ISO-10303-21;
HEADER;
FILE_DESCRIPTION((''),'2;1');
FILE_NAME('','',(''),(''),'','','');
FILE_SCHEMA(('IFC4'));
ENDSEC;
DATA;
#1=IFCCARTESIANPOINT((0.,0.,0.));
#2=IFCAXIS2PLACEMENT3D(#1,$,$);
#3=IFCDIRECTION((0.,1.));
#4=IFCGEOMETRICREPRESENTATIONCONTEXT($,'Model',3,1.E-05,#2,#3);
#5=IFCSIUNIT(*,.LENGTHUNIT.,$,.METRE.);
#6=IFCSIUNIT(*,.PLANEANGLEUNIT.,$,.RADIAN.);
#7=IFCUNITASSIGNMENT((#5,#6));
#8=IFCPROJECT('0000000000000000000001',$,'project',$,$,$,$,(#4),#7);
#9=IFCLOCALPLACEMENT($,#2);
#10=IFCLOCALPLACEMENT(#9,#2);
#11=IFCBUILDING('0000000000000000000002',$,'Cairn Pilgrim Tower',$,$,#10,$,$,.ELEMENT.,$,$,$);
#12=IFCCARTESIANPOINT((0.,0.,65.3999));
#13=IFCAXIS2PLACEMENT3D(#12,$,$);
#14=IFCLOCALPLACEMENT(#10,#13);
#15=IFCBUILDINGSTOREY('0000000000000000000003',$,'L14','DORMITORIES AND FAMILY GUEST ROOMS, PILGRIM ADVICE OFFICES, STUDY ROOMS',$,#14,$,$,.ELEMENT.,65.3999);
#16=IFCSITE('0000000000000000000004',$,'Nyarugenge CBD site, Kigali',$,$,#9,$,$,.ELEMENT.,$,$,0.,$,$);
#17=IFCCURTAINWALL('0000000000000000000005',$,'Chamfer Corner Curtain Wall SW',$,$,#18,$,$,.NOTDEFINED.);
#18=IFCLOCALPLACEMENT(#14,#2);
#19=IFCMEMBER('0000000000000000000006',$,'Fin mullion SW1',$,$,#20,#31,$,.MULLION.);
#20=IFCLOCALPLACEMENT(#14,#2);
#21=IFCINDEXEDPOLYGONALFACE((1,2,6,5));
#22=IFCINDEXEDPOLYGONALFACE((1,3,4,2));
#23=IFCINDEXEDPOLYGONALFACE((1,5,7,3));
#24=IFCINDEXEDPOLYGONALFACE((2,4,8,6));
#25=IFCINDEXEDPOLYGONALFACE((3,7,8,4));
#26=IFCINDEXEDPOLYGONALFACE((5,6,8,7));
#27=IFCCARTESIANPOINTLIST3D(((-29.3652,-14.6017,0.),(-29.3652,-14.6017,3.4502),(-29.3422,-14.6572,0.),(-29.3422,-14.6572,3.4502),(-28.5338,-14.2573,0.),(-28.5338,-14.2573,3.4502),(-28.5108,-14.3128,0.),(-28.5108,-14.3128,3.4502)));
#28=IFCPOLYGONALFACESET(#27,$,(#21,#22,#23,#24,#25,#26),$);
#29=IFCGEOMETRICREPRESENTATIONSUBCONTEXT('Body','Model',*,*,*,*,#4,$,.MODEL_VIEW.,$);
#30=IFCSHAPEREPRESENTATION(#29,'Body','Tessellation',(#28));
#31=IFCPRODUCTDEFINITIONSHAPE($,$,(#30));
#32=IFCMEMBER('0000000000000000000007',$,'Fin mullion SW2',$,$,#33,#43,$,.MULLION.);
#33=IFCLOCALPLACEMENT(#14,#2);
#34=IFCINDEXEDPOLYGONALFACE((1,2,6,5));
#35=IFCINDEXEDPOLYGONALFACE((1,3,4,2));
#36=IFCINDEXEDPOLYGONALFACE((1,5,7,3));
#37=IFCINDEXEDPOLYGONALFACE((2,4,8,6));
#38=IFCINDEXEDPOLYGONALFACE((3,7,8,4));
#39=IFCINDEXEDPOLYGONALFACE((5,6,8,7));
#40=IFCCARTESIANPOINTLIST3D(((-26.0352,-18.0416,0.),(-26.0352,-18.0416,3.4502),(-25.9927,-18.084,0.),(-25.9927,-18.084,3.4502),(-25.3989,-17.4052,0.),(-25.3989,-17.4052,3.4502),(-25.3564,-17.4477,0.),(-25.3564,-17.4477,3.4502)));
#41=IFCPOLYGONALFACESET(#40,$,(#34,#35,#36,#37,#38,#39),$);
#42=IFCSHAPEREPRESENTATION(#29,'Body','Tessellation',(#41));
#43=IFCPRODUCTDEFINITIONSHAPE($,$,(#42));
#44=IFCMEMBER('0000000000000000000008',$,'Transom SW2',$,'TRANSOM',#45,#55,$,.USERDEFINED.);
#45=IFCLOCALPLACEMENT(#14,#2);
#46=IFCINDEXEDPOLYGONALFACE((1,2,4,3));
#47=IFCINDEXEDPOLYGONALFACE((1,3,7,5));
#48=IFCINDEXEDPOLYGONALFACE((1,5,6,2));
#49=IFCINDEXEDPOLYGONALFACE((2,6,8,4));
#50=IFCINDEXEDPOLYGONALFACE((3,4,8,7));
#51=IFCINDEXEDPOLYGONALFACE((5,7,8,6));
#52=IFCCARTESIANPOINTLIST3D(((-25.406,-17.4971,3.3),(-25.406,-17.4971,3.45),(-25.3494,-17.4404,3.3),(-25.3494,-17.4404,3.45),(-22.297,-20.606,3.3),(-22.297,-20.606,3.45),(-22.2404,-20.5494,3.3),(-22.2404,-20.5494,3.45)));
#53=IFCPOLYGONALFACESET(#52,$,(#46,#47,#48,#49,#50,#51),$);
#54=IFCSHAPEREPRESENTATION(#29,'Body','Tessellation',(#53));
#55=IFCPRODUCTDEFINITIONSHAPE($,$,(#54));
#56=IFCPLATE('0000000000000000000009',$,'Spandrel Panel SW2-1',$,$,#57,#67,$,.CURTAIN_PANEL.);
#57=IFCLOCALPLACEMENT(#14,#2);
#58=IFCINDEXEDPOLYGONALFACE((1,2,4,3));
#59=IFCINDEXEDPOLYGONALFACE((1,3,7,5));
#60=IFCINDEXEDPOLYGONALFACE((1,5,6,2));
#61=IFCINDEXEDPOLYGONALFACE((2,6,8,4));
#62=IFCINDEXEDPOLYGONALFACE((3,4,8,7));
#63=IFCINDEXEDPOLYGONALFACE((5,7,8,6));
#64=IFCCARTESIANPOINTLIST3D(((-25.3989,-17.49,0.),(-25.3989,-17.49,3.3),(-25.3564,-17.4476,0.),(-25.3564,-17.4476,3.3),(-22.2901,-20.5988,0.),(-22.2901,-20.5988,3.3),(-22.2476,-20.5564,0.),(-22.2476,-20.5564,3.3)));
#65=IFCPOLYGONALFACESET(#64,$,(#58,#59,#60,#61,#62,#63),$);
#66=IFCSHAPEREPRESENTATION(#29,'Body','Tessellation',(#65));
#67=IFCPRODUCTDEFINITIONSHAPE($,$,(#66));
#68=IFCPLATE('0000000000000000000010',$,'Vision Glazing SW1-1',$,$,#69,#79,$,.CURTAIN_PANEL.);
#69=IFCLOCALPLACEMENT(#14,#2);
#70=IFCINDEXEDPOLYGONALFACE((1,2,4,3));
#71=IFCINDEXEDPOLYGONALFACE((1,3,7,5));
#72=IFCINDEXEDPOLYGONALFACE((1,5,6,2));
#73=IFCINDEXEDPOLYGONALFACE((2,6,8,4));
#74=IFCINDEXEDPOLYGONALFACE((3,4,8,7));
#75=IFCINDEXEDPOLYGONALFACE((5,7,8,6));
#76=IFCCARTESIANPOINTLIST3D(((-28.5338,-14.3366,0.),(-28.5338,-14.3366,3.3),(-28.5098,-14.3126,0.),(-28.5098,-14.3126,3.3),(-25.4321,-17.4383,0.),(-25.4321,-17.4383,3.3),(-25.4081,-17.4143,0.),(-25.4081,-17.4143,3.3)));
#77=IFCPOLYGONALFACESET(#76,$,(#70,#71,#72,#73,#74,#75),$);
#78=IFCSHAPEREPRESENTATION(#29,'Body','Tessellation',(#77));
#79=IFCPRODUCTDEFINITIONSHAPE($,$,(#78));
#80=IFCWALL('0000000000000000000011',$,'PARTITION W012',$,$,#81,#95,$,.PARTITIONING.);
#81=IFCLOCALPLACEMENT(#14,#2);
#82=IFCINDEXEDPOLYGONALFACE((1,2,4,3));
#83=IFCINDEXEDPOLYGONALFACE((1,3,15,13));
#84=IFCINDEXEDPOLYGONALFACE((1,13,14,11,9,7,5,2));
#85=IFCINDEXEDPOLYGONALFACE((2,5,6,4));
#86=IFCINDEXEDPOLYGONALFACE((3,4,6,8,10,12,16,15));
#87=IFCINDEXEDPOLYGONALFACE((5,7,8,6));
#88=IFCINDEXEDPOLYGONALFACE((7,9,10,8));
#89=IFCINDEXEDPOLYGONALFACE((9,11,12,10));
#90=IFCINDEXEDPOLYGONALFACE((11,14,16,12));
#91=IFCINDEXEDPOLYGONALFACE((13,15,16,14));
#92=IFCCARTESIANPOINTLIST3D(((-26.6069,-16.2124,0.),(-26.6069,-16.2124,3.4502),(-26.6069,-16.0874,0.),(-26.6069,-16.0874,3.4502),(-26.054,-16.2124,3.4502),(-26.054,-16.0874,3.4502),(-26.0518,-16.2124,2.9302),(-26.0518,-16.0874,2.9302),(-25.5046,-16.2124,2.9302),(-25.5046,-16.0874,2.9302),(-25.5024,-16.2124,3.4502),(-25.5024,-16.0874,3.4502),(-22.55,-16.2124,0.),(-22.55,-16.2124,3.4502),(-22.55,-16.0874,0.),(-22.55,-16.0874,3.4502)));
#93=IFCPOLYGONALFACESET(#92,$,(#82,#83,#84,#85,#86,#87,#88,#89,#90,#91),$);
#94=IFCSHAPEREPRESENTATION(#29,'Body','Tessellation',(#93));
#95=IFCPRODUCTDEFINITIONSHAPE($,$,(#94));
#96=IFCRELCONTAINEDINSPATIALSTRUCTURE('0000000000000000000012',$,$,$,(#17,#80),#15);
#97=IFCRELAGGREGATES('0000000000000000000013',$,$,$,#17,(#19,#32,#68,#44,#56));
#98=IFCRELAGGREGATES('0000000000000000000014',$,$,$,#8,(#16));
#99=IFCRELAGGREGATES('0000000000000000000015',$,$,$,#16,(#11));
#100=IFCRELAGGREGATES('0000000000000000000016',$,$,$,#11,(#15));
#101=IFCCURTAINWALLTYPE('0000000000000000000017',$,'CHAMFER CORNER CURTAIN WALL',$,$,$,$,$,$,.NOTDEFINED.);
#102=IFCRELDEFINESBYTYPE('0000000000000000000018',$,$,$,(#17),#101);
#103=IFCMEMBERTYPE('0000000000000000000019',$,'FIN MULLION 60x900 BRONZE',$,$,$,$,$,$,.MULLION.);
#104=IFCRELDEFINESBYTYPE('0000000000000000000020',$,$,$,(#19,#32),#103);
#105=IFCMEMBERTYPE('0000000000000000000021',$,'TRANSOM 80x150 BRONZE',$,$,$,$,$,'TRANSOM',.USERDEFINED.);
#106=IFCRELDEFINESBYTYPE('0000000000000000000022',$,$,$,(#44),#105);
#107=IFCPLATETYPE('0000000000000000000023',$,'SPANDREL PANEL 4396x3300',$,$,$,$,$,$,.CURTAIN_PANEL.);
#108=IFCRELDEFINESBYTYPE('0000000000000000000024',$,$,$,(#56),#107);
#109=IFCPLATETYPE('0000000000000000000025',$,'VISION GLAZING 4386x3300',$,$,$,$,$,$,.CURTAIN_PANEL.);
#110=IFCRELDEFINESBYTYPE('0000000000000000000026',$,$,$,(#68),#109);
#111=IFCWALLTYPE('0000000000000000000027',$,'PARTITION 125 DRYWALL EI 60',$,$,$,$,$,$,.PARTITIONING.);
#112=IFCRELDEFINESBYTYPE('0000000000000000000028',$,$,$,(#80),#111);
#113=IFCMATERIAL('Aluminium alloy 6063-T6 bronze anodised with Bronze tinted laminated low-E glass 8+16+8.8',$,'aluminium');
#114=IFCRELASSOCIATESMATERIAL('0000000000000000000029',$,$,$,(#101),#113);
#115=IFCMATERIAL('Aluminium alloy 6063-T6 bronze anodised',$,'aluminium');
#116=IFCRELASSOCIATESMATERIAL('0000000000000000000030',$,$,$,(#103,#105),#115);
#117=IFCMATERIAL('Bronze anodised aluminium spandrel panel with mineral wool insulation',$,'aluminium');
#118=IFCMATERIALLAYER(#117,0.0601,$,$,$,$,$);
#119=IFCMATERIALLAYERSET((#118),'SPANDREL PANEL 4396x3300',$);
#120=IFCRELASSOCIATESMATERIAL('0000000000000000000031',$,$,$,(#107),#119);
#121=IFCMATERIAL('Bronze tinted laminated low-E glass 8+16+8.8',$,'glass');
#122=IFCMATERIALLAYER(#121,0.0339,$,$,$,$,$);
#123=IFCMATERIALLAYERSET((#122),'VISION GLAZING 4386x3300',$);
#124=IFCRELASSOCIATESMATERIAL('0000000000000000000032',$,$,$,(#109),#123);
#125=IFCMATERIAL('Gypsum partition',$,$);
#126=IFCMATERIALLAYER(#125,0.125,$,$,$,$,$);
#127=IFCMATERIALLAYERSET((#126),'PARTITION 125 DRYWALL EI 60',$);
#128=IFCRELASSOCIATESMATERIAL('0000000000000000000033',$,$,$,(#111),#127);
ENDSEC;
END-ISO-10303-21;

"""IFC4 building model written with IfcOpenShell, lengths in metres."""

from ifc_helpers import new_model, si_unit, direction, frame, origin, origin_2d, place, context, subcontext, project, spatial, polyline, rectangle, outline, extrude, material, layer, layer_set, material_profile, profile_set, type_object, element, aggregate, save


model = new_model("IFC4")

# Units and contexts
model_context = context("Model", 3, precision=1e-05, world=origin(), true_north=direction((0.0, 1.0)))
body_context = subcontext(model_context, "Body", "Model", "MODEL_VIEW")
ifc_project = project(units=[si_unit("LENGTHUNIT", "METRE"), si_unit("PLANEANGLEUNIT", "RADIAN")], contexts=[model_context])

# Site, building, storey
site_placement = place(None, origin())
site = spatial("IfcSite", under=ifc_project, at=site_placement, Name="Nyarugenge CBD site, Kigali", CompositionType="ELEMENT", RefElevation=0.0)
building_placement = place(site_placement, origin())
building = spatial("IfcBuilding", under=site, at=building_placement, Name="Cairn Pilgrim Tower", CompositionType="ELEMENT")
storey_placement = place(building_placement, frame((0.0, 0.0, 65.3999)))
storey = spatial("IfcBuildingStorey", under=building, at=storey_placement, Name="L14", Description="DORMITORIES AND FAMILY GUEST ROOMS, PILGRIM ADVICE OFFICES, STUDY ROOMS", CompositionType="ELEMENT", Elevation=65.3999)

# Curtain wall, members, plates
ifc_material_1 = material(Name="Aluminium alloy 6063-T6 bronze anodised with Bronze tinted laminated low-E glass 8+16+8.8", Category="aluminium")
curtain_wall_type = type_object("IfcCurtainWallType", Name="CHAMFER CORNER CURTAIN WALL", PredefinedType="NOTDEFINED", material=ifc_material_1)
curtain_wall_placement = place(storey_placement, origin())
curtain_wall = element("IfcCurtainWall", 1, at=curtain_wall_placement, inside=storey, type_object=curtain_wall_type, Name="Chamfer Corner Curtain Wall SW", PredefinedType="NOTDEFINED")
ifc_material_2 = material(Name="Aluminium alloy 6063-T6 bronze anodised", Category="aluminium")
ifc_material_profile_1 = material_profile(ifc_material_2, rectangle(XDim=0.8999, YDim=0.0601, at=origin_2d()), Name="FIN MULLION 60x900 BRONZE")
ifc_profile_set_1 = profile_set([ifc_material_profile_1], Name="Aluminium alloy 6063-T6 bronze anodised")
member_type_1 = type_object("IfcMemberType", Name="FIN MULLION 60x900 BRONZE", PredefinedType="MULLION", material=ifc_profile_set_1)
member_1_placement = place(storey_placement, frame((-28.938, -14.4573, 0.0), z_axis=(0.0, 0.0, 1.0), x_axis=(-0.92388, -0.382683, 0.0)))
member_1 = element("IfcMember", 2, at=member_1_placement, type_object=member_type_1, Name="Fin mullion SW1", PredefinedType="MULLION", context=body_context, shape_type="SweptSolid", body=[
    extrude(rectangle(XDim=0.8999, YDim=0.0601, at=origin_2d()), origin(), (0.0, 0.0, 1.0), 3.4502),
])
member_2_placement = place(storey_placement, frame((-25.6958, -17.7446, 0.0), z_axis=(0.0, 0.0, 1.0), x_axis=(-0.707107, -0.707107, 0.0)))
member_2 = element("IfcMember", 3, at=member_2_placement, type_object=member_type_1, Name="Fin mullion SW2", PredefinedType="MULLION", context=body_context, shape_type="SweptSolid", body=[
    extrude(rectangle(XDim=0.8999, YDim=0.0601, at=origin_2d()), origin(), (0.0, 0.0, 1.0), 3.4502),
])
ifc_material_profile_2 = material_profile(ifc_material_2, rectangle(XDim=0.0801, YDim=0.1499, at=origin_2d()), Name="TRANSOM 80x150 BRONZE")
ifc_profile_set_2 = profile_set([ifc_material_profile_2], Name="Aluminium alloy 6063-T6 bronze anodised")
member_type_2 = type_object("IfcMemberType", Name="TRANSOM 80x150 BRONZE", ElementType="TRANSOM", PredefinedType="USERDEFINED", material=ifc_profile_set_2)
member_3_placement = place(storey_placement, frame((-25.3777, -17.4688, 3.375), z_axis=(0.707107, -0.707107, 0.0), x_axis=(0.707107, 0.707107, 0.0)))
member_3 = element("IfcMember", 4, at=member_3_placement, type_object=member_type_2, Name="Transom SW2", ObjectType="TRANSOM", PredefinedType="USERDEFINED", context=body_context, shape_type="SweptSolid", body=[
    extrude(rectangle(XDim=0.0801, YDim=0.1499, at=origin_2d()), origin(), (0.0, 0.0, 1.0), 4.3967),
])
ifc_material_3 = material(Name="Bronze anodised aluminium spandrel panel with mineral wool insulation", Category="aluminium")
ifc_layer_1 = layer(ifc_material_3, 0.0601)
ifc_layer_set_1 = layer_set([ifc_layer_1], Name="SPANDREL PANEL 4396x3300")
plate_type_1 = type_object("IfcPlateType", Name="SPANDREL PANEL 4396x3300", PredefinedType="CURTAIN_PANEL", material=ifc_layer_set_1)
plate_1_placement = place(storey_placement, frame((-23.8232, -19.0232, 0.0), z_axis=(0.0, 0.0, 1.0), x_axis=(0.707107, -0.707107, 0.0)))
plate_1 = element("IfcPlate", 5, at=plate_1_placement, type_object=plate_type_1, Name="Spandrel Panel SW2-1", PredefinedType="CURTAIN_PANEL", context=body_context, shape_type="SweptSolid", body=[
    extrude(rectangle(XDim=4.3965, YDim=0.0601, at=origin_2d()), origin(), (0.0, 0.0, 1.0), 3.3),
])
ifc_material_4 = material(Name="Bronze tinted laminated low-E glass 8+16+8.8", Category="glass")
ifc_layer_2 = layer(ifc_material_4, 0.0339)
ifc_layer_set_2 = layer_set([ifc_layer_2], Name="VISION GLAZING 4386x3300")
plate_type_2 = type_object("IfcPlateType", Name="VISION GLAZING 4386x3300", PredefinedType="CURTAIN_PANEL", material=ifc_layer_set_2)
plate_2_placement = place(storey_placement, frame((-26.9709, -15.8755, 0.0), z_axis=(0.0, 0.0, 1.0), x_axis=(0.707107, -0.707107, 0.0)))
plate_2 = element("IfcPlate", 6, at=plate_2_placement, type_object=plate_type_2, Name="Vision Glazing SW1-1", PredefinedType="CURTAIN_PANEL", context=body_context, shape_type="SweptSolid", body=[
    extrude(rectangle(XDim=4.3865, YDim=0.0339, at=origin_2d()), origin(), (0.0, 0.0, 1.0), 3.3),
])
aggregate(curtain_wall, [member_1, member_2, plate_2, member_3, plate_1])

# Wall
ifc_material_5 = material(Name="Gypsum partition")
ifc_layer_3 = layer(ifc_material_5, 0.125)
ifc_layer_set_3 = layer_set([ifc_layer_3], Name="PARTITION 125 DRYWALL EI 60")
wall_type = type_object("IfcWallType", Name="PARTITION 125 DRYWALL EI 60", PredefinedType="PARTITIONING", material=ifc_layer_set_3)
wall_placement = place(storey_placement, frame((-26.6069, -16.1499, 0.0), z_axis=(0.0, 0.0, 1.0), x_axis=(1.0, 0.0, 0.0)))
element("IfcWall", 7, at=wall_placement, inside=storey, type_object=wall_type, Name="PARTITION W012", PredefinedType="PARTITIONING", context=body_context, shape_type="SweptSolid", body=[
    extrude(outline(polyline([(0.0, 0.0), (4.0569, 0.0), (4.0569, 3.4502), (1.1045, 3.4502), (1.1023, 2.9302), (0.5552, 2.9302), (0.553, 3.4502), (0.0, 3.4502), (0.0, 0.0)])), frame((0.0, 0.0625, 0.0), z_axis=(0.0, -1.0, 0.0), x_axis=(1.0, 0.0, 0.0)), (0.0, 0.0, 1.0), 0.125),
])

save(model, "model.ifc")
